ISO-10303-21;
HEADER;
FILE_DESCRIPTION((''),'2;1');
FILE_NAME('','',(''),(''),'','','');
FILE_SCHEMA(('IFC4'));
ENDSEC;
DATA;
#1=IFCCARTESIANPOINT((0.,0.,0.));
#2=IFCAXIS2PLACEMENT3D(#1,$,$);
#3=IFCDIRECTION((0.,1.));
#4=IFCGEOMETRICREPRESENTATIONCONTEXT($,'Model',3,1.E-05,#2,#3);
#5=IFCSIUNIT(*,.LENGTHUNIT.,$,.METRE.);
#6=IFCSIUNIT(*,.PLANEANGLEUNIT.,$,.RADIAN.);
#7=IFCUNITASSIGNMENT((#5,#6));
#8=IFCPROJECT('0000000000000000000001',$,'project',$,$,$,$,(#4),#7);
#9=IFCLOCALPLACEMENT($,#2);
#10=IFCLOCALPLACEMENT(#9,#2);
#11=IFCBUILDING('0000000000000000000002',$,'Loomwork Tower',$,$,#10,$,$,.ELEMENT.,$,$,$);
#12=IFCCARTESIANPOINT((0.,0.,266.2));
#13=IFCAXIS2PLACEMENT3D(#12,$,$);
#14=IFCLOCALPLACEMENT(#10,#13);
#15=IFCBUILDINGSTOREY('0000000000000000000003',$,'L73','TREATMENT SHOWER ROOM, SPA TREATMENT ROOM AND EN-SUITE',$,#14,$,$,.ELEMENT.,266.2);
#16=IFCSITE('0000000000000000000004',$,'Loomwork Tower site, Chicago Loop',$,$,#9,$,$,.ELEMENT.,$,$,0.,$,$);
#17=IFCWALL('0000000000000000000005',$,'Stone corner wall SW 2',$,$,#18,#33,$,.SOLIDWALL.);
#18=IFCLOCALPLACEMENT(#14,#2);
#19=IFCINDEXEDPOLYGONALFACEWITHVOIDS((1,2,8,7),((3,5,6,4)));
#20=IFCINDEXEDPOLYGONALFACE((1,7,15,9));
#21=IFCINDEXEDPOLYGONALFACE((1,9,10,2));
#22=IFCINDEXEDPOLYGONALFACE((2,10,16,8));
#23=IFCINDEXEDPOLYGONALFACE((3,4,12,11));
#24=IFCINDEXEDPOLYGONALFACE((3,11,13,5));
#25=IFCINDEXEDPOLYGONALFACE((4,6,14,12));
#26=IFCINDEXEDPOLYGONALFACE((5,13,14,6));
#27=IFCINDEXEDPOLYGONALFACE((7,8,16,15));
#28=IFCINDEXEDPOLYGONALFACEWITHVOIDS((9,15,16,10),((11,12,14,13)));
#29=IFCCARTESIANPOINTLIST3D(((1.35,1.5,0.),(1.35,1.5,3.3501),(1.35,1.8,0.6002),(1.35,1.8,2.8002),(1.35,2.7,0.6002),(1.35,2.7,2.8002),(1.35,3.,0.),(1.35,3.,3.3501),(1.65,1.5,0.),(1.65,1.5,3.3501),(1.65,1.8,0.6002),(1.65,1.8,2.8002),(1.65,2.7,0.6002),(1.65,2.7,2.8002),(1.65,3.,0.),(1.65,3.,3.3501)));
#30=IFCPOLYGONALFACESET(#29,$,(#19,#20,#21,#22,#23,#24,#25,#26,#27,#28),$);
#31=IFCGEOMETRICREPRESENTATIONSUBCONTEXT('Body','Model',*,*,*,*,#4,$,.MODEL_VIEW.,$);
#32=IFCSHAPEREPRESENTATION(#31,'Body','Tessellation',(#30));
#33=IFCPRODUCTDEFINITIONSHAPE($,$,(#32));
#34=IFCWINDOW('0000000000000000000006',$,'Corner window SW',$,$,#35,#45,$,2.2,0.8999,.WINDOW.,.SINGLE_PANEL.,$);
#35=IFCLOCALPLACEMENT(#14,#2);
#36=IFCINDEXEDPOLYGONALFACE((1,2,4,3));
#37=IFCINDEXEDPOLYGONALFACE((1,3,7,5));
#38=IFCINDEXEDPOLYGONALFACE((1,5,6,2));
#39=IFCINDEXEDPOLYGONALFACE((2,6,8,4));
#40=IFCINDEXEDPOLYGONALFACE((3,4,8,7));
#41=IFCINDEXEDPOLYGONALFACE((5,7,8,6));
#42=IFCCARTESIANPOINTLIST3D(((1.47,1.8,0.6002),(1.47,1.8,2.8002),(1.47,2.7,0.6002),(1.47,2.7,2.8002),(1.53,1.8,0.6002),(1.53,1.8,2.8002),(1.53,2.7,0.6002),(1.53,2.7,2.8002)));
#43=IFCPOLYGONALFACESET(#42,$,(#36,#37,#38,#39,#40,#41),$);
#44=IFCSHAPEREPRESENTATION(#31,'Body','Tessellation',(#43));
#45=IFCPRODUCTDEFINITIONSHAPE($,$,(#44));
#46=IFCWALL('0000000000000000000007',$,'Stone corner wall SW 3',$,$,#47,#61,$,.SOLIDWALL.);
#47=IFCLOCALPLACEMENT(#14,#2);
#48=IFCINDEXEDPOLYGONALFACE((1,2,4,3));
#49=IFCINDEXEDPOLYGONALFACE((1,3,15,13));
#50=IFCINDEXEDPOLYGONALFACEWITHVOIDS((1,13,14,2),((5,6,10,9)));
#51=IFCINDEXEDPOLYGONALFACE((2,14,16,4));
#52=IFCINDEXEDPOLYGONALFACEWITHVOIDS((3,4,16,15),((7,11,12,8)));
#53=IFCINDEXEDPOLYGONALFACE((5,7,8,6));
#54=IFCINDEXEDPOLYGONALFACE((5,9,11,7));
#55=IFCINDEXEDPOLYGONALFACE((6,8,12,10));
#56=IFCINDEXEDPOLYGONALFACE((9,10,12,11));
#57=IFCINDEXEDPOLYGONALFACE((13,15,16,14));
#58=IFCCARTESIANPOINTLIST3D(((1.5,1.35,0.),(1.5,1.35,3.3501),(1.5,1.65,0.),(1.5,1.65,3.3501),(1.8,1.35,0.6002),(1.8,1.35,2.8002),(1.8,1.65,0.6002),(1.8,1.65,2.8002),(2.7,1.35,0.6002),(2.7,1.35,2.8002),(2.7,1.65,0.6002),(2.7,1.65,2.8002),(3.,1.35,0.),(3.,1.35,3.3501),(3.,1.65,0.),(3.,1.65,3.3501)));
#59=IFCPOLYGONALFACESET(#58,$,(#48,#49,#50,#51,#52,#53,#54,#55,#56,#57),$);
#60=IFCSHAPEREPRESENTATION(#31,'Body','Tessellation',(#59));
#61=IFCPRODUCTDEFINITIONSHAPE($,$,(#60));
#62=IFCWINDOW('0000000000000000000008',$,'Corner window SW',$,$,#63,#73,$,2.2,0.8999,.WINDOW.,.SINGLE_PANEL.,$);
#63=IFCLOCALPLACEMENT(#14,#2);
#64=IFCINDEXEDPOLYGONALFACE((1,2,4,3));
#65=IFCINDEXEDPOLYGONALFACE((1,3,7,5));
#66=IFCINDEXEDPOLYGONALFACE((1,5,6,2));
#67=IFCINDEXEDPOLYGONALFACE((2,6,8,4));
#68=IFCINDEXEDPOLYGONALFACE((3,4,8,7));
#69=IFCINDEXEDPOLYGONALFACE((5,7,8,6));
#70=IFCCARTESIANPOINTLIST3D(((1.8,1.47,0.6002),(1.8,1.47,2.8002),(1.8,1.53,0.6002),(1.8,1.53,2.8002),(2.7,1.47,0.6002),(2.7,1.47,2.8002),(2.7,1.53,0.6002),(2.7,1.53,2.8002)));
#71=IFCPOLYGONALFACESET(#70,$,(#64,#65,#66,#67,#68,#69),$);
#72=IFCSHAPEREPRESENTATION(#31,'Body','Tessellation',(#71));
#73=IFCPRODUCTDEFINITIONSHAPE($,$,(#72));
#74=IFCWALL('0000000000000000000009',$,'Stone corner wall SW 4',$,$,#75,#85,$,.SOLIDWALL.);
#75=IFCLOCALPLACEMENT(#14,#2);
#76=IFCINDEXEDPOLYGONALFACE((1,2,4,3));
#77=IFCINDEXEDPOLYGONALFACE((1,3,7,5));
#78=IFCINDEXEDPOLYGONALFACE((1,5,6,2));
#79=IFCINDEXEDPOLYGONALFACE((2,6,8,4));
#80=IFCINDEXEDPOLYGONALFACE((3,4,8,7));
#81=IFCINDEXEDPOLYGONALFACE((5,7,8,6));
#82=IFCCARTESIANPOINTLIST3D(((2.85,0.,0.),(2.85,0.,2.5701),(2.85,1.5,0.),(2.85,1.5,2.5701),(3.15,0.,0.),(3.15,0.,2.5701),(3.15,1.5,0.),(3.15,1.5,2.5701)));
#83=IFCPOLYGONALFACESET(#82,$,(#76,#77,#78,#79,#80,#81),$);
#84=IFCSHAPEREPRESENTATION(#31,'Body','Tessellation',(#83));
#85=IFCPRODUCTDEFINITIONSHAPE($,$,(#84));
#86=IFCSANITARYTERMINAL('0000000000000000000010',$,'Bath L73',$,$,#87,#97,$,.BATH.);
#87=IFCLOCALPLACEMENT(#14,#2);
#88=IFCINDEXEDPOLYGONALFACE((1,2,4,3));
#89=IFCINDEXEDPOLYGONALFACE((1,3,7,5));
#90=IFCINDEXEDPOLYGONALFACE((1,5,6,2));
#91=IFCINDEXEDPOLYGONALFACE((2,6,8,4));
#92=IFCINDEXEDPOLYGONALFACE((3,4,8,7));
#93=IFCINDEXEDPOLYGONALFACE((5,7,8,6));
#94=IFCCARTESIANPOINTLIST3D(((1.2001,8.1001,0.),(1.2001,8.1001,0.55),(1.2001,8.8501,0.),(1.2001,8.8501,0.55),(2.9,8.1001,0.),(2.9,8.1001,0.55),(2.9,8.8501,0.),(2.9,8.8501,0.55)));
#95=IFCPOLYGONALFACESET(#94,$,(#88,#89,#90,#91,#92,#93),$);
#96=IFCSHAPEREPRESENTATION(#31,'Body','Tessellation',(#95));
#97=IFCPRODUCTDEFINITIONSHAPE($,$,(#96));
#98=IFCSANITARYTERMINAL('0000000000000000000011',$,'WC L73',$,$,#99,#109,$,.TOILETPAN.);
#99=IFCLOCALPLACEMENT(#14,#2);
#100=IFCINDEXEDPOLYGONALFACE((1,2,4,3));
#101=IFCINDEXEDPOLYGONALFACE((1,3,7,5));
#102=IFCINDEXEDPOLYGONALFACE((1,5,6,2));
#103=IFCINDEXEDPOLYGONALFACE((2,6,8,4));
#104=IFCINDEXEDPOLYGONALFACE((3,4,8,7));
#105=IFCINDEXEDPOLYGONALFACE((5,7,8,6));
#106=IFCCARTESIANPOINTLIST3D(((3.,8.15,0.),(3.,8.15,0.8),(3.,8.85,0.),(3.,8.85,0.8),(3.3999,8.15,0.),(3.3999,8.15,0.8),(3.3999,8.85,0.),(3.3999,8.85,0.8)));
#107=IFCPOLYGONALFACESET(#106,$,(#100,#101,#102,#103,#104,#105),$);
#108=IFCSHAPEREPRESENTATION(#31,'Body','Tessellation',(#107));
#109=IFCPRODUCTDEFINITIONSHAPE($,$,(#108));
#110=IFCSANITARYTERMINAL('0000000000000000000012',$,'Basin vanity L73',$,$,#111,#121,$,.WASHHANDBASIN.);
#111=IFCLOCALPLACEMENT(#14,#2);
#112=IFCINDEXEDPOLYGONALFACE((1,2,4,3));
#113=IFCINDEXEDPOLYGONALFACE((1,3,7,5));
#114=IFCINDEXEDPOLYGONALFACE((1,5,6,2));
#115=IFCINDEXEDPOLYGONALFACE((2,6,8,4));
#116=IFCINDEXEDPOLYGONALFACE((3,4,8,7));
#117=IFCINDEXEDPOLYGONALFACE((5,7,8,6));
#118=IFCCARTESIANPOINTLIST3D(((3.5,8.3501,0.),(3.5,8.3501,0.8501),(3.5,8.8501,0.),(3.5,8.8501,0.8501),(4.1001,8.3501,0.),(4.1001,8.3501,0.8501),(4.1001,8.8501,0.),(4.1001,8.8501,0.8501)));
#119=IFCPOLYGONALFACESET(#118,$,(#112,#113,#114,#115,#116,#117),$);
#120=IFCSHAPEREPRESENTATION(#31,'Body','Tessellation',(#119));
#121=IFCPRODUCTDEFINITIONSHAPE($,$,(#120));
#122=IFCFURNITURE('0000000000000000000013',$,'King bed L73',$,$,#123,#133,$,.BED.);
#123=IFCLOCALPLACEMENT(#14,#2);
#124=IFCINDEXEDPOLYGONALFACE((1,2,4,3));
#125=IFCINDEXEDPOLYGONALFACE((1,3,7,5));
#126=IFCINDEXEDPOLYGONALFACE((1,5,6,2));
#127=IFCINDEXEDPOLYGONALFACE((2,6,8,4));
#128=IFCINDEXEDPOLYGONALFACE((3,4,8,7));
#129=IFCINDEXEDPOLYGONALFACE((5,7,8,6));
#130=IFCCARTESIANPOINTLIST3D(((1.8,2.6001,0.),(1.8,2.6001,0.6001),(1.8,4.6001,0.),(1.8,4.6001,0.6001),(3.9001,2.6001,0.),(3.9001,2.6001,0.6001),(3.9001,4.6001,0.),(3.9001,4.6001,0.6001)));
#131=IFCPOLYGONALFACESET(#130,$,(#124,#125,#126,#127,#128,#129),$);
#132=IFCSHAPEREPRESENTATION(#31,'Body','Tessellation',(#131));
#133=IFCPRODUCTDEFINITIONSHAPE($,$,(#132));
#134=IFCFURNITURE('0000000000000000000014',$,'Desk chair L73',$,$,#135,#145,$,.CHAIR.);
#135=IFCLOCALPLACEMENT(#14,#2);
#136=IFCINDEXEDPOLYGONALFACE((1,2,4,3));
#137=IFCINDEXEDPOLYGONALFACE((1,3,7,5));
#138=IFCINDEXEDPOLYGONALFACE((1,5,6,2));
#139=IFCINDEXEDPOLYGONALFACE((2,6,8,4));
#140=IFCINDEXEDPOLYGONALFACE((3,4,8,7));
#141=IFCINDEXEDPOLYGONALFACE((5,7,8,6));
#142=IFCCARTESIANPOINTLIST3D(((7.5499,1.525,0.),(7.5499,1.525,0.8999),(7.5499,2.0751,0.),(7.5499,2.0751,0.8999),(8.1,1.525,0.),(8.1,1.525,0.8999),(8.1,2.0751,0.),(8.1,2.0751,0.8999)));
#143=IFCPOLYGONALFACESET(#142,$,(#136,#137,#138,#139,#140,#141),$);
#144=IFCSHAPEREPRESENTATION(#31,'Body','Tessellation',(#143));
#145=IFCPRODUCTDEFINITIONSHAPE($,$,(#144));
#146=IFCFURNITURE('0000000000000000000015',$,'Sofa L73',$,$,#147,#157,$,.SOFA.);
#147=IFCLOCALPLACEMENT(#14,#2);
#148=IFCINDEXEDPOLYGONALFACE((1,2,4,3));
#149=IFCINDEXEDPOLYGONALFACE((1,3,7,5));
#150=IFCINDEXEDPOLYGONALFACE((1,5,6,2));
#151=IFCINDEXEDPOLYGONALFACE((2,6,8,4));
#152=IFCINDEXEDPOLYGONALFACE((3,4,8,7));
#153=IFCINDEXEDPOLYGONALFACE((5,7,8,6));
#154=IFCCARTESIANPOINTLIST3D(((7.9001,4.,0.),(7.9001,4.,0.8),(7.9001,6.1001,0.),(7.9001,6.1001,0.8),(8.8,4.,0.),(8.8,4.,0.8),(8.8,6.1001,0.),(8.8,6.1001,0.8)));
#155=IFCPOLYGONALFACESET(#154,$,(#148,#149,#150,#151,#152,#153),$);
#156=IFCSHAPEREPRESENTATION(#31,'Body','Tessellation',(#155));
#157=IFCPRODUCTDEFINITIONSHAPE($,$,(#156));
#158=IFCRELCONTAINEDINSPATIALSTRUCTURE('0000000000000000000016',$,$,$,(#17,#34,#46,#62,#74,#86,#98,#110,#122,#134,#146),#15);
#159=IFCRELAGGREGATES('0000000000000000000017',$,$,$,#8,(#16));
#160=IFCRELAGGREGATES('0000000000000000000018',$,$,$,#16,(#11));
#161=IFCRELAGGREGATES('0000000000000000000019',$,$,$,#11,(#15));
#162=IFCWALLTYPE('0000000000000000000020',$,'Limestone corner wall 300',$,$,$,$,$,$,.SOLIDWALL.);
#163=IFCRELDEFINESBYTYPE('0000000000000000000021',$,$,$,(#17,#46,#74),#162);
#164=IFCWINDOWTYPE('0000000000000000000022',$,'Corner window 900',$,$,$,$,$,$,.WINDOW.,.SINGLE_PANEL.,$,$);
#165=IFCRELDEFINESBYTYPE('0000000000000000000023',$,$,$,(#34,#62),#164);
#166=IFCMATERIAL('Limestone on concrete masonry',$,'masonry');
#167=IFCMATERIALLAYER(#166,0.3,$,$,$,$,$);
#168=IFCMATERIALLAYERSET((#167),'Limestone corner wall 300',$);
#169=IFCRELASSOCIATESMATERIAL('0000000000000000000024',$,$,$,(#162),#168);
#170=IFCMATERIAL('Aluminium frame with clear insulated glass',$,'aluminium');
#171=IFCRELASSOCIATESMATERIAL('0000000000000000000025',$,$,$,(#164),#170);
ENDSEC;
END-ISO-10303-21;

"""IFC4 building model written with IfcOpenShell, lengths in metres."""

from ifc_helpers import new_model, si_unit, direction, frame, frame_2d, origin, origin_2d, place, context, subcontext, project, spatial, rectangle, extrude, material, layer, layer_set, type_object, element, fill, save


model = new_model("IFC4")

# Units and contexts
model_context = context("Model", 3, precision=1e-05, world=origin(), true_north=direction((0.0, 1.0)))
body_context = subcontext(model_context, "Body", "Model", "MODEL_VIEW")
ifc_project = project(units=[si_unit("LENGTHUNIT", "METRE"), si_unit("PLANEANGLEUNIT", "RADIAN")], contexts=[model_context])

# Site, building, storey
site_placement = place(None, origin())
site = spatial("IfcSite", under=ifc_project, at=site_placement, Name="Loomwork Tower site, Chicago Loop", CompositionType="ELEMENT", RefElevation=0.0)
building_placement = place(site_placement, origin())
building = spatial("IfcBuilding", under=site, at=building_placement, Name="Loomwork Tower", CompositionType="ELEMENT")
storey_placement = place(building_placement, frame((0.0, 0.0, 266.2)))
storey = spatial("IfcBuildingStorey", under=building, at=storey_placement, Name="L73", Description="TREATMENT SHOWER ROOM, SPA TREATMENT ROOM AND EN-SUITE", CompositionType="ELEMENT", Elevation=266.2)

# Walls, openings, windows
ifc_material_1 = material(Name="Limestone on concrete masonry", Category="masonry")
ifc_layer_1 = layer(ifc_material_1, 0.3)
ifc_layer_set_1 = layer_set([ifc_layer_1], Name="Limestone corner wall 300")
wall_type_1 = type_object("IfcWallType", Name="Limestone corner wall 300", PredefinedType="SOLIDWALL", material=ifc_layer_set_1)
wall_1_placement = place(storey_placement, frame((1.5, 3.0, 0.0), z_axis=(0.0, 0.0, 1.0), x_axis=(0.0, -1.0, 0.0)))
wall_1 = element("IfcWall", 1, at=wall_1_placement, inside=storey, type_object=wall_type_1, Name="Stone corner wall SW 2", PredefinedType="SOLIDWALL", context=body_context, shape_type="SweptSolid", body=[
    extrude(rectangle(XDim=1.5, YDim=0.3, at=frame_2d((0.75, 0.0))), origin(), (0.0, 0.0, 1.0), 3.3501),
])
opening_1_placement = place(wall_1_placement, frame((0.3, 0.0, 0.6001)))
opening_1 = element("IfcOpeningElement", 2, at=opening_1_placement, cuts=wall_1, PredefinedType="OPENING", context=body_context, shape_type="SweptSolid", body=[
    extrude(rectangle(XDim=0.8999, YDim=2.2, at=frame_2d((0.45, 1.1001))), frame((0.0, 0.1599, 0.0), z_axis=(0.0, -1.0, 0.0), x_axis=(1.0, 0.0, 0.0)), (0.0, 0.0, 1.0), 0.3201),
])
ifc_material_2 = material(Name="Aluminium frame with clear insulated glass", Category="aluminium")
window_type_1 = type_object("IfcWindowType", Name="Corner window 900", PartitioningType="SINGLE_PANEL", PredefinedType="WINDOW", material=ifc_material_2)
window_1_placement = place(opening_1_placement, origin())
window_1 = element("IfcWindow", 3, at=window_1_placement, inside=storey, type_object=window_type_1, Name="Corner window SW", OverallHeight=2.2, OverallWidth=0.8999, PartitioningType="SINGLE_PANEL", PredefinedType="WINDOW", context=body_context, shape_type="SweptSolid", body=[
    extrude(rectangle(XDim=0.8999, YDim=2.2, at=frame_2d((0.45, 1.1001))), frame((0.0, 0.03, 0.0), z_axis=(0.0, -1.0, 0.0), x_axis=(1.0, 0.0, 0.0)), (0.0, 0.0, 1.0), 0.0601),
])
fill(opening_1, window_1)
wall_2_placement = place(storey_placement, frame((1.5, 1.5, 0.0), z_axis=(0.0, 0.0, 1.0), x_axis=(1.0, 0.0, 0.0)))
wall_2 = element("IfcWall", 4, at=wall_2_placement, inside=storey, type_object=wall_type_1, Name="Stone corner wall SW 3", PredefinedType="SOLIDWALL", context=body_context, shape_type="SweptSolid", body=[
    extrude(rectangle(XDim=1.5, YDim=0.3, at=frame_2d((0.75, 0.0))), origin(), (0.0, 0.0, 1.0), 3.3501),
])
opening_2_placement = place(wall_2_placement, frame((0.3, 0.0, 0.6001)))
opening_2 = element("IfcOpeningElement", 5, at=opening_2_placement, cuts=wall_2, PredefinedType="OPENING", context=body_context, shape_type="SweptSolid", body=[
    extrude(rectangle(XDim=0.8999, YDim=2.2, at=frame_2d((0.45, 1.1001))), frame((0.0, 0.1599, 0.0), z_axis=(0.0, -1.0, 0.0), x_axis=(1.0, 0.0, 0.0)), (0.0, 0.0, 1.0), 0.3201),
])
window_2_placement = place(opening_2_placement, origin())
window_2 = element("IfcWindow", 6, at=window_2_placement, inside=storey, type_object=window_type_1, Name="Corner window SW", OverallHeight=2.2, OverallWidth=0.8999, PartitioningType="SINGLE_PANEL", PredefinedType="WINDOW", context=body_context, shape_type="SweptSolid", body=[
    extrude(rectangle(XDim=0.8999, YDim=2.2, at=frame_2d((0.45, 1.1001))), frame((0.0, 0.03, 0.0), z_axis=(0.0, -1.0, 0.0), x_axis=(1.0, 0.0, 0.0)), (0.0, 0.0, 1.0), 0.0601),
])
fill(opening_2, window_2)

# Wall
wall_3_placement = place(storey_placement, frame((3.0, 1.5, 0.0), z_axis=(0.0, 0.0, 1.0), x_axis=(0.0, -1.0, 0.0)))
element("IfcWall", 7, at=wall_3_placement, inside=storey, type_object=wall_type_1, Name="Stone corner wall SW 4", PredefinedType="SOLIDWALL", context=body_context, shape_type="SweptSolid", body=[
    extrude(rectangle(XDim=1.5, YDim=0.3, at=frame_2d((0.75, 0.0))), origin(), (0.0, 0.0, 1.0), 2.5701),
])

# Sanitary terminals
sanitary_terminal_1_placement = place(storey_placement, frame((2.05, 8.4751, 0.0), z_axis=(0.0, 0.0, 1.0), x_axis=(1.0, 0.0, 0.0)))
element("IfcSanitaryTerminal", 8, at=sanitary_terminal_1_placement, inside=storey, Name="Bath L73", PredefinedType="BATH", context=body_context, shape_type="SweptSolid", body=[
    extrude(rectangle(XDim=1.7, YDim=0.75, at=origin_2d()), origin(), (0.0, 0.0, 1.0), 0.55),
])
sanitary_terminal_2_placement = place(storey_placement, frame((3.2, 8.5, 0.0), z_axis=(0.0, 0.0, 1.0), x_axis=(1.0, 0.0, 0.0)))
element("IfcSanitaryTerminal", 9, at=sanitary_terminal_2_placement, inside=storey, Name="WC L73", PredefinedType="TOILETPAN", context=body_context, shape_type="SweptSolid", body=[
    extrude(rectangle(XDim=0.3999, YDim=0.7, at=origin_2d()), origin(), (0.0, 0.0, 1.0), 0.8),
])
sanitary_terminal_3_placement = place(storey_placement, frame((3.8, 8.6001, 0.0), z_axis=(0.0, 0.0, 1.0), x_axis=(1.0, 0.0, 0.0)))
element("IfcSanitaryTerminal", 10, at=sanitary_terminal_3_placement, inside=storey, Name="Basin vanity L73", PredefinedType="WASHHANDBASIN", context=body_context, shape_type="SweptSolid", body=[
    extrude(rectangle(XDim=0.6001, YDim=0.5, at=origin_2d()), origin(), (0.0, 0.0, 1.0), 0.8501),
])

# Furniture
furniture_1_placement = place(storey_placement, frame((2.8501, 3.6001, 0.0), z_axis=(0.0, 0.0, 1.0), x_axis=(1.0, 0.0, 0.0)))
element("IfcFurniture", 11, at=furniture_1_placement, inside=storey, Name="King bed L73", PredefinedType="BED", context=body_context, shape_type="SweptSolid", body=[
    extrude(rectangle(XDim=2.1001, YDim=2.0, at=origin_2d()), origin(), (0.0, 0.0, 1.0), 0.6001),
])
furniture_2_placement = place(storey_placement, frame((7.825, 1.8, 0.0), z_axis=(0.0, 0.0, 1.0), x_axis=(1.0, 0.0, 0.0)))
element("IfcFurniture", 12, at=furniture_2_placement, inside=storey, Name="Desk chair L73", PredefinedType="CHAIR", context=body_context, shape_type="SweptSolid", body=[
    extrude(rectangle(XDim=0.55, YDim=0.55, at=origin_2d()), origin(), (0.0, 0.0, 1.0), 0.8999),
])
furniture_3_placement = place(storey_placement, frame((8.3501, 5.05, 0.0), z_axis=(0.0, 0.0, 1.0), x_axis=(1.0, 0.0, 0.0)))
element("IfcFurniture", 13, at=furniture_3_placement, inside=storey, Name="Sofa L73", PredefinedType="SOFA", context=body_context, shape_type="SweptSolid", body=[
    extrude(rectangle(XDim=0.8999, YDim=2.1001, at=origin_2d()), origin(), (0.0, 0.0, 1.0), 0.8),
])

save(model, "model.ifc")
